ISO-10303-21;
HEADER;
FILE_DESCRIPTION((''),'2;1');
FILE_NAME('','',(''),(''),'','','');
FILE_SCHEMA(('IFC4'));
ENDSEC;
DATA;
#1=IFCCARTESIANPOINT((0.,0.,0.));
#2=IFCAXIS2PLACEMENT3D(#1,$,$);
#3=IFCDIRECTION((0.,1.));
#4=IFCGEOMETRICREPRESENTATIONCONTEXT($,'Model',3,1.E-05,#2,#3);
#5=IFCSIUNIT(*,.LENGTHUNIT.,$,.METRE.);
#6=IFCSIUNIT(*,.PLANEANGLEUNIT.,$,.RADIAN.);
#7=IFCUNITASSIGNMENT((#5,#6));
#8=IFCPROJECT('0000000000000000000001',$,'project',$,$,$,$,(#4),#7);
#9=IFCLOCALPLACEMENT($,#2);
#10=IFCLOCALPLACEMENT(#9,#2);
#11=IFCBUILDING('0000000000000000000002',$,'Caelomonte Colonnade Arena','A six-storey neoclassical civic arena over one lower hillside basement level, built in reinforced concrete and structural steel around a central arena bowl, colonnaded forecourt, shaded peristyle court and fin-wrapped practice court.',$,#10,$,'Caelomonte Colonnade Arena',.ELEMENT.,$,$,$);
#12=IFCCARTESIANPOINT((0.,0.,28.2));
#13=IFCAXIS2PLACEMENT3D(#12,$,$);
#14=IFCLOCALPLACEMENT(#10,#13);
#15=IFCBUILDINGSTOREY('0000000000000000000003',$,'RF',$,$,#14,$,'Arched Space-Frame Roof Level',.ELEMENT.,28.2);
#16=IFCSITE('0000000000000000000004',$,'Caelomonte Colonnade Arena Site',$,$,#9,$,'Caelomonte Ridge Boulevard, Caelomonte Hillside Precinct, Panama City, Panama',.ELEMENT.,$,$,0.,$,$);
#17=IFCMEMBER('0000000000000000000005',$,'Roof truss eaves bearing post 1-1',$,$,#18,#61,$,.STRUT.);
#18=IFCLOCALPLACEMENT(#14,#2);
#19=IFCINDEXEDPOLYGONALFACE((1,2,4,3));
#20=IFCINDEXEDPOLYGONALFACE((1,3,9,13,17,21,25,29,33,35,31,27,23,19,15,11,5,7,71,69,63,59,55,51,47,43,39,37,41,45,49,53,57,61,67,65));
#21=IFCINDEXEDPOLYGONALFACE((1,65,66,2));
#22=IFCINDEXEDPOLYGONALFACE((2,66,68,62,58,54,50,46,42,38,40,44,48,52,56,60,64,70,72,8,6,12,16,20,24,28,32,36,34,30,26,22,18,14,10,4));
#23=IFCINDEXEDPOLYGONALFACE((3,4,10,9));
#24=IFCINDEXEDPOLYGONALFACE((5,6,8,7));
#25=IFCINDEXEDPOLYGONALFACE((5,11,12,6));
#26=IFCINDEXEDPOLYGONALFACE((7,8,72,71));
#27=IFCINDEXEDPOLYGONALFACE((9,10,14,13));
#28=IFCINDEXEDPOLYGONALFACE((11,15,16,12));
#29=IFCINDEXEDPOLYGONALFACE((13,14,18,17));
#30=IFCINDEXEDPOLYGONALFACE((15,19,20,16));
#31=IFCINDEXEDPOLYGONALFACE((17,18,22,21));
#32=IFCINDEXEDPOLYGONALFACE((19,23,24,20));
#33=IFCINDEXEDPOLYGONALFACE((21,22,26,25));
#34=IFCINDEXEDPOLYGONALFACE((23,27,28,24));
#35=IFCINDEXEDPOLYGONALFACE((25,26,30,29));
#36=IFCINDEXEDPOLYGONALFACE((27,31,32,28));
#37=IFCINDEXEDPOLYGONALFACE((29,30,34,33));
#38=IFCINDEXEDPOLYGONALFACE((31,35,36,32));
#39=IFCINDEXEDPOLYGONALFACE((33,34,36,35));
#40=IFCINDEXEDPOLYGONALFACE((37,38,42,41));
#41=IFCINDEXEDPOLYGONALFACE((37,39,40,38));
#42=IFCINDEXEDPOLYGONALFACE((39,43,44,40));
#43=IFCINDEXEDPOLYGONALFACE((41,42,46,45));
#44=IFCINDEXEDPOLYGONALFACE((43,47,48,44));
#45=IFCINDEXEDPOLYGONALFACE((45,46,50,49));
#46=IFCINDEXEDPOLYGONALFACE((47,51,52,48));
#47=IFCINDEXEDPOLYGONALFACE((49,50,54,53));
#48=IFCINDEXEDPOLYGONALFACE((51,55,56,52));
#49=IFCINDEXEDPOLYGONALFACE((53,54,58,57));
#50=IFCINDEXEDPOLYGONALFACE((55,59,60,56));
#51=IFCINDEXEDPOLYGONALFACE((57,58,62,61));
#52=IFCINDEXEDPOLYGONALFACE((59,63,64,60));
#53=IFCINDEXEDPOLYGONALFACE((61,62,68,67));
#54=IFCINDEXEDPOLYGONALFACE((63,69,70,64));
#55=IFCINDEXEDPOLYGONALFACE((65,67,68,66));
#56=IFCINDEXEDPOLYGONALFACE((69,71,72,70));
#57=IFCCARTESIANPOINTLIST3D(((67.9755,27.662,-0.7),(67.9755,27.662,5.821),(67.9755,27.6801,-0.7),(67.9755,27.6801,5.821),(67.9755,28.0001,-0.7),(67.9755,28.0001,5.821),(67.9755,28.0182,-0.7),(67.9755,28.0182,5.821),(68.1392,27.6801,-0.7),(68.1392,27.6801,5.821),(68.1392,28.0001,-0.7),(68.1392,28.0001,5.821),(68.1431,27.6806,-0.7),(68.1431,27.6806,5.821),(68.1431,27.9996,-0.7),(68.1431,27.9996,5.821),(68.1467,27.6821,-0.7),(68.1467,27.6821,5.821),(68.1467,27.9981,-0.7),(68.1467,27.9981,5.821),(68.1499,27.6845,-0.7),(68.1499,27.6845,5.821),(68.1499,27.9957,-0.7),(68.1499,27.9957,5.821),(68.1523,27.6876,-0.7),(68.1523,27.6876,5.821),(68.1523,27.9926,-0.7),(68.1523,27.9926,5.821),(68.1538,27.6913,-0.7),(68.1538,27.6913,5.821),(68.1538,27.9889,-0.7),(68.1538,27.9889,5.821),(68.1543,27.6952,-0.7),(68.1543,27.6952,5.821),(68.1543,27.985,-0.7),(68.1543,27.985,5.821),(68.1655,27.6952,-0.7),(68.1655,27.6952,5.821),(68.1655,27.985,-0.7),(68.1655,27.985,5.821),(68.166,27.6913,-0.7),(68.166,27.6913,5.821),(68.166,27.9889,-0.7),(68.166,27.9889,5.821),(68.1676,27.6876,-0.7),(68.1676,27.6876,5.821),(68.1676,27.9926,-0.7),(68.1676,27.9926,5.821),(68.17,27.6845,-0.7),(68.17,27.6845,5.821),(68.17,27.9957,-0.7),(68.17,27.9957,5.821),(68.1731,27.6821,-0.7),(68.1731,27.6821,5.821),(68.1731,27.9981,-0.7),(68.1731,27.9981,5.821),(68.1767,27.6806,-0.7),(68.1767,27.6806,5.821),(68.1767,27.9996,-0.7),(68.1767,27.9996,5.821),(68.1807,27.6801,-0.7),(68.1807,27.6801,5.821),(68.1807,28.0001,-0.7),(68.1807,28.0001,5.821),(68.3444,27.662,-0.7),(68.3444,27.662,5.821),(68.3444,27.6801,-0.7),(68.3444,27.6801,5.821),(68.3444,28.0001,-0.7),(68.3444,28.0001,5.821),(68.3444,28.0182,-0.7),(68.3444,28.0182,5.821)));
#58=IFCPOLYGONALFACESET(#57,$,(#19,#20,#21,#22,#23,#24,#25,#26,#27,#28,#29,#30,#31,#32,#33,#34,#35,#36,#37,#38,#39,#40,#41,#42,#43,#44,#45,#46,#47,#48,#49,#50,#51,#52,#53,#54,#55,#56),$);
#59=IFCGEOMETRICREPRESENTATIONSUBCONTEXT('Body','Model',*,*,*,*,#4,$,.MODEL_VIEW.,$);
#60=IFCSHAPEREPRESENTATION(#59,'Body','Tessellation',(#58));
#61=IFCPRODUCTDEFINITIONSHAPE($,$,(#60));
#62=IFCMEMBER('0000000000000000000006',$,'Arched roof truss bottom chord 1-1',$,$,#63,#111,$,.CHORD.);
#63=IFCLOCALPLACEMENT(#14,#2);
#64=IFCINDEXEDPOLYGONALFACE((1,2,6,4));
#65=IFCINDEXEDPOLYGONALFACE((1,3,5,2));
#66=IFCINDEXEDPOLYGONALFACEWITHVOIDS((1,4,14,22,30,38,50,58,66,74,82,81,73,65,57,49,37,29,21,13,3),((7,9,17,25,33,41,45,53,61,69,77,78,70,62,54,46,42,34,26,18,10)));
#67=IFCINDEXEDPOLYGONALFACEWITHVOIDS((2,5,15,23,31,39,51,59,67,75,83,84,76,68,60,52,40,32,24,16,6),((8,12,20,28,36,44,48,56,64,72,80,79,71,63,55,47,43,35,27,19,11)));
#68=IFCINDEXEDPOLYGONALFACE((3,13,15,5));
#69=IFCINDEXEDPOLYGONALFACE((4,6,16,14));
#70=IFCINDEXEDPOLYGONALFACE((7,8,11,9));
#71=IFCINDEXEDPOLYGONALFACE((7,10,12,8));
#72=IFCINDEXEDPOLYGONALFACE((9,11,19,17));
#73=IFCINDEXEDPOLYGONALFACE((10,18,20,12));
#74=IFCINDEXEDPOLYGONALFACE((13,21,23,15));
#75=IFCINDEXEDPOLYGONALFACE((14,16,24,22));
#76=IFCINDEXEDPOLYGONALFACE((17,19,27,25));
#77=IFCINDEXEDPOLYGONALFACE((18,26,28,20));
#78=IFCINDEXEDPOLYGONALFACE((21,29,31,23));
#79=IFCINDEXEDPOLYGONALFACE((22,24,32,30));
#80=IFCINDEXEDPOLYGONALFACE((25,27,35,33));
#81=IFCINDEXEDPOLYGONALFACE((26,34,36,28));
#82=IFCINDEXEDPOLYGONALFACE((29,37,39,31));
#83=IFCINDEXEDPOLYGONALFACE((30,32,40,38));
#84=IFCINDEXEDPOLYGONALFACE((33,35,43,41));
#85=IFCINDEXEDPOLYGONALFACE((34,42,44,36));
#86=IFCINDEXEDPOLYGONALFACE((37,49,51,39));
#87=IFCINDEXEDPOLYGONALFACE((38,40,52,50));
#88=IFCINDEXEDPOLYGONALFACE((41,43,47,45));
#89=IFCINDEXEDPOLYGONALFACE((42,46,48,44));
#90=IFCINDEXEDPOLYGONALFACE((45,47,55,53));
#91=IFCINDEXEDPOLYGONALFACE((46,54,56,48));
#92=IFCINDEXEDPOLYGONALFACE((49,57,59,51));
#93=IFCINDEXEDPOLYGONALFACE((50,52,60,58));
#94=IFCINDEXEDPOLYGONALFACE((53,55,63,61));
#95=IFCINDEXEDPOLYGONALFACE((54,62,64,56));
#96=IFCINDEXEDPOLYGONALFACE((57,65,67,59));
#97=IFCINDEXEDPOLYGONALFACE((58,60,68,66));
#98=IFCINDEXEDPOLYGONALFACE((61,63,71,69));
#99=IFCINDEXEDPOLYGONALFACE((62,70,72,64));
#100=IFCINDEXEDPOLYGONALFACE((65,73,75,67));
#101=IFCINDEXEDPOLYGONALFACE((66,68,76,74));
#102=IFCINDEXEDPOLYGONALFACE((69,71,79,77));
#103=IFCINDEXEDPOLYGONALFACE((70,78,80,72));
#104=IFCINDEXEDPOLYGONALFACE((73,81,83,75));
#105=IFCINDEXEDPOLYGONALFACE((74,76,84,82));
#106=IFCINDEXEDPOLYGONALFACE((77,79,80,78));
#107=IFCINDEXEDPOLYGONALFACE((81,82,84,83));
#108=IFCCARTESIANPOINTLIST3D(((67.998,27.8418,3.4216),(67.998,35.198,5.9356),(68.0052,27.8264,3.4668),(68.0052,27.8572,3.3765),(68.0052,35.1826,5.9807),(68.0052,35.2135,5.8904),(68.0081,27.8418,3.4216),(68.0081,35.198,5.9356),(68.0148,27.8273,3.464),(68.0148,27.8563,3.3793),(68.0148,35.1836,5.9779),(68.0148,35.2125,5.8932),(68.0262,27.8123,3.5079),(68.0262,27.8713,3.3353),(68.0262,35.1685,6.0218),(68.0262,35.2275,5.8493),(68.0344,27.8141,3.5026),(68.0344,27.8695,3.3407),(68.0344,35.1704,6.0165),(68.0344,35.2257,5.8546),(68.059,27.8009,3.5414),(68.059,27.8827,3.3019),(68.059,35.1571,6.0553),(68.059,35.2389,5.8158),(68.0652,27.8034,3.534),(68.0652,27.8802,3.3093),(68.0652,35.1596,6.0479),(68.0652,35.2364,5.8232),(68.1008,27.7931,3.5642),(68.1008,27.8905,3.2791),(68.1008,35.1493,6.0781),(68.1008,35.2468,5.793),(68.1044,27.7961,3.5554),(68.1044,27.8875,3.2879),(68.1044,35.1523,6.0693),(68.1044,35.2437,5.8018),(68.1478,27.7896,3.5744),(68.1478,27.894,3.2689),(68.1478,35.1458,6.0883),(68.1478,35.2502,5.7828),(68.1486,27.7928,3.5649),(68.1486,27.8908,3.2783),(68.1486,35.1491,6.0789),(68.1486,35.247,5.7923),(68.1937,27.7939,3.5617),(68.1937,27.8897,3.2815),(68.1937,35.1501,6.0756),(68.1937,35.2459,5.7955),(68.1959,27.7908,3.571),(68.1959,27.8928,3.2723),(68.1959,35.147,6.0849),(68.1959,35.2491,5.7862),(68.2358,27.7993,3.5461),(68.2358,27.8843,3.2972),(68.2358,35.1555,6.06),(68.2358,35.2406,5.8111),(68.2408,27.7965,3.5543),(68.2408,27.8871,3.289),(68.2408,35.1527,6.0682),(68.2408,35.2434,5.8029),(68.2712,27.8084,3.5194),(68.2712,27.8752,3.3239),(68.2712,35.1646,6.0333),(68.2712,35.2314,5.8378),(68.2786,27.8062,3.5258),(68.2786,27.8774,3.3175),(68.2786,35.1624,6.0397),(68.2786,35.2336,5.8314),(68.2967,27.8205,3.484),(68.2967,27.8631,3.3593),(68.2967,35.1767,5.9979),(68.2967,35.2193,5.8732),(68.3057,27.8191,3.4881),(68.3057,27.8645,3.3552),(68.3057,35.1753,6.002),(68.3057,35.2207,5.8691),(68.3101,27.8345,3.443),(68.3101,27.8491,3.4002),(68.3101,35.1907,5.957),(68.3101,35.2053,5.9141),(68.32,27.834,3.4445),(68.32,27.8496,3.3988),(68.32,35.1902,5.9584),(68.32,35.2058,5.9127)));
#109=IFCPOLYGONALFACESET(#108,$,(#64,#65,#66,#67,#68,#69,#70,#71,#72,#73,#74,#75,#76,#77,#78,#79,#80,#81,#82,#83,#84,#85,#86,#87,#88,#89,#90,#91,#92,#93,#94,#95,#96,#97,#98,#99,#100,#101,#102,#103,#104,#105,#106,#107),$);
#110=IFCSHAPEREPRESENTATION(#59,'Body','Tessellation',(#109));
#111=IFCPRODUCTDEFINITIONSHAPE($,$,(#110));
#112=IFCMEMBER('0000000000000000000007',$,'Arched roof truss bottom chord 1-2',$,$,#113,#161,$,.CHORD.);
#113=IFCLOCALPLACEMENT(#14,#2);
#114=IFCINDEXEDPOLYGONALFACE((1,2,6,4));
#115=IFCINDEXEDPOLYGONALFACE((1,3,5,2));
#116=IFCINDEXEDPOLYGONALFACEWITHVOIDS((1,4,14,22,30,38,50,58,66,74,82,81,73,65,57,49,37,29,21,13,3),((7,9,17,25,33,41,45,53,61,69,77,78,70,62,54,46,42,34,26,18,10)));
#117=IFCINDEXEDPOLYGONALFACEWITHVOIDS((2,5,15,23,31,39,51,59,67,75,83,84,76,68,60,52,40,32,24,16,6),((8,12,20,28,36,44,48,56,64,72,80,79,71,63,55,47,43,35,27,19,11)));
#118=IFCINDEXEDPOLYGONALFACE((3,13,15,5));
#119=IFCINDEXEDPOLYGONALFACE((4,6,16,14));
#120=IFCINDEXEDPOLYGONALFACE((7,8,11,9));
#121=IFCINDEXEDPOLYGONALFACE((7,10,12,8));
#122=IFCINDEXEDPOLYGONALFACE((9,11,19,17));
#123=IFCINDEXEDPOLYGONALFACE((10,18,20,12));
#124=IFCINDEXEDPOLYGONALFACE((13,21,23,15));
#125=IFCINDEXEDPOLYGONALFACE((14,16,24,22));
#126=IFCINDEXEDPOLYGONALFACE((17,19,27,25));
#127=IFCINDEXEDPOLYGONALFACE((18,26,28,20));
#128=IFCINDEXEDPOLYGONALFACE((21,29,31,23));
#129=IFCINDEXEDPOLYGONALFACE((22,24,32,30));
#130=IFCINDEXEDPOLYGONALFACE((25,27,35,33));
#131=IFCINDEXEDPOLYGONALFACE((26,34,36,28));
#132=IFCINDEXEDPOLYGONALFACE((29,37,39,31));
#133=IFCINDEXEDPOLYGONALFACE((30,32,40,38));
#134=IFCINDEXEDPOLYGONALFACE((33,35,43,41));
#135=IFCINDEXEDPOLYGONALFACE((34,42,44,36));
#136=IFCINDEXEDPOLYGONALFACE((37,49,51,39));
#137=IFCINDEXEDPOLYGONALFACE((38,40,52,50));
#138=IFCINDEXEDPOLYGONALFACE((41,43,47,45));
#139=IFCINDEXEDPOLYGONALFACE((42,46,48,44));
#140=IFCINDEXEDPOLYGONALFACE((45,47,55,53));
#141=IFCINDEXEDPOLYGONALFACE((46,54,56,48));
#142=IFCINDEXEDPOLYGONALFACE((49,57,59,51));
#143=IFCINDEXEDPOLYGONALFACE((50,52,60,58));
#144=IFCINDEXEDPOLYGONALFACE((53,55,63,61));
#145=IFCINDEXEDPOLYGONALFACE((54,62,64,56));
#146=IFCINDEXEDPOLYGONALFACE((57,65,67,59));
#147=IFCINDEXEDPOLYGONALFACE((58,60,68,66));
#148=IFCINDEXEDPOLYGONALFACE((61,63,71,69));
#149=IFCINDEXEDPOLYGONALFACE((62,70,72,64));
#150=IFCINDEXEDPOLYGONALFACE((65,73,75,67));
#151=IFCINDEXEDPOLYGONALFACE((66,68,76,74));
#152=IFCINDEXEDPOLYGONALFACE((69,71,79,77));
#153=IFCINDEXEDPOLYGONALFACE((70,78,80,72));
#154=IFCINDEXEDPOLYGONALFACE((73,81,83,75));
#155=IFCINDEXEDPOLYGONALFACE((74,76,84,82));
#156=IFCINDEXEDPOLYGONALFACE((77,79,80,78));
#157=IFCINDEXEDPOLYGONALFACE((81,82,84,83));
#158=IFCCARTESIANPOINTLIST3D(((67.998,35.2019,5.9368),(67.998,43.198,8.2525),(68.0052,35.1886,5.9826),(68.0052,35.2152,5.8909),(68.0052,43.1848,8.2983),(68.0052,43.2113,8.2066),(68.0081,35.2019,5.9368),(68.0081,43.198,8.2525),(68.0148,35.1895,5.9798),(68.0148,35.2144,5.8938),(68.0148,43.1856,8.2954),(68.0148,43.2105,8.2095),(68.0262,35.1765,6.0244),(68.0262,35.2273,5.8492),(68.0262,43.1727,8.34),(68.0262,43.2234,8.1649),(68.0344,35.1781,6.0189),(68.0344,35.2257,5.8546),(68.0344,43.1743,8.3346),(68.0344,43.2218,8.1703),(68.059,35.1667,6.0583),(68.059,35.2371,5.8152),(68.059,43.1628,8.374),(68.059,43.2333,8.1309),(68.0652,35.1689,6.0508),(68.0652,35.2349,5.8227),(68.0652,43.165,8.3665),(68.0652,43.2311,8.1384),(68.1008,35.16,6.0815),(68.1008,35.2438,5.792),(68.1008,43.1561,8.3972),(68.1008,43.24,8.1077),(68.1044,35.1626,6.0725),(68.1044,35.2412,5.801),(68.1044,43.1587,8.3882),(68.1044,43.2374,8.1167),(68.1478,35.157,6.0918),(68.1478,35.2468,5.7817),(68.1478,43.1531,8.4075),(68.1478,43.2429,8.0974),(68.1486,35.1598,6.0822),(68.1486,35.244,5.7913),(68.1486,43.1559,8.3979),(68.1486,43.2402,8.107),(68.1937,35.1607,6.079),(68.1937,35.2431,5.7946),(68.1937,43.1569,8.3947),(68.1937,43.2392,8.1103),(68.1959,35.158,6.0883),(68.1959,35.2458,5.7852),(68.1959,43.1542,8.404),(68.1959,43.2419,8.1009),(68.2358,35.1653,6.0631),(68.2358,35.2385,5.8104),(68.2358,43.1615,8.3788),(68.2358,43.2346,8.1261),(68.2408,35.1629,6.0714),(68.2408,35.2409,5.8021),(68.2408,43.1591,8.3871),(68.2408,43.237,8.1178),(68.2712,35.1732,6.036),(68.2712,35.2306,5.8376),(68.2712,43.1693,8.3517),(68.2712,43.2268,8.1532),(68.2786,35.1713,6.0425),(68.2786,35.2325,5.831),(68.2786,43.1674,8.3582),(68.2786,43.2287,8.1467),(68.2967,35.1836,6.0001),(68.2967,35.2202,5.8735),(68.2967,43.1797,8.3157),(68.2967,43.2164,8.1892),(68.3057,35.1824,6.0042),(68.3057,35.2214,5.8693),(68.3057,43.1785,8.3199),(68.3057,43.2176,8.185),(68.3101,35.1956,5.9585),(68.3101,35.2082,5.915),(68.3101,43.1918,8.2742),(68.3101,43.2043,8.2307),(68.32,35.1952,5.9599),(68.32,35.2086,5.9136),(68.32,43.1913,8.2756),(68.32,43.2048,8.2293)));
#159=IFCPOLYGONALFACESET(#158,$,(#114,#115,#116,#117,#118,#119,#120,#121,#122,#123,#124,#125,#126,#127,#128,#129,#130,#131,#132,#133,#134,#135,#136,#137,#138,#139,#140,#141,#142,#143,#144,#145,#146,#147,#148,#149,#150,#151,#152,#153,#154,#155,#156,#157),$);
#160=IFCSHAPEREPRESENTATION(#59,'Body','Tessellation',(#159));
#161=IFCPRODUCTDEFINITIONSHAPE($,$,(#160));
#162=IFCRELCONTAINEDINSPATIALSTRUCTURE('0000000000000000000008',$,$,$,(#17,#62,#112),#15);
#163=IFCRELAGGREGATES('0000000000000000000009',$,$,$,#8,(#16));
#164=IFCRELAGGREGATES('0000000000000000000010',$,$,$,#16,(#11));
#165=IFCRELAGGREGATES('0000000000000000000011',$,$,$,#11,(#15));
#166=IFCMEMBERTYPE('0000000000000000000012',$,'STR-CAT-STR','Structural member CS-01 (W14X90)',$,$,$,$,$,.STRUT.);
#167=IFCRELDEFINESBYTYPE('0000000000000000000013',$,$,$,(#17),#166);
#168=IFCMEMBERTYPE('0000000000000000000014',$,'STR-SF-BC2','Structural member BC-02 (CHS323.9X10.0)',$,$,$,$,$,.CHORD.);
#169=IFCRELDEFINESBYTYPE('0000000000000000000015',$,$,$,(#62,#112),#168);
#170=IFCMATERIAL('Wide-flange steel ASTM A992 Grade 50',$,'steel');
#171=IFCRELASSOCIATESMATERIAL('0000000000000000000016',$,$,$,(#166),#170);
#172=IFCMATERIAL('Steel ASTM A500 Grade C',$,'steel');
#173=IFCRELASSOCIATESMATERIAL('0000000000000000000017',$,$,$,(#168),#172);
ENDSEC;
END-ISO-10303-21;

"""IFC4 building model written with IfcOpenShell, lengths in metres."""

from ifc_helpers import new_model, si_unit, direction, frame, origin, origin_2d, place, context, subcontext, project, spatial, hollow_circle, i_section, extrude, material, material_profile, profile_set, type_object, element, save


model = new_model("IFC4")

# Units and contexts
model_context = context("Model", 3, precision=1e-05, world=origin(), true_north=direction((0.0, 1.0)))
body_context = subcontext(model_context, "Body", "Model", "MODEL_VIEW")
ifc_project = project(units=[si_unit("LENGTHUNIT", "METRE"), si_unit("PLANEANGLEUNIT", "RADIAN")], contexts=[model_context])

# Site, building, storey
site_placement = place(None, origin())
site = spatial("IfcSite", under=ifc_project, at=site_placement, Name="Caelomonte Colonnade Arena Site", LongName="Caelomonte Ridge Boulevard, Caelomonte Hillside Precinct, Panama City, Panama", CompositionType="ELEMENT", RefElevation=0.0)
building_placement = place(site_placement, origin())
building = spatial("IfcBuilding", under=site, at=building_placement, Name="Caelomonte Colonnade Arena", Description="A six-storey neoclassical civic arena over one lower hillside basement level, built in reinforced concrete and structural steel around a central arena bowl, colonnaded forecourt, shaded peristyle court and fin-wrapped practice court.", LongName="Caelomonte Colonnade Arena", CompositionType="ELEMENT")
storey_placement = place(building_placement, frame((0.0, 0.0, 28.2)))
storey = spatial("IfcBuildingStorey", under=building, at=storey_placement, Name="RF", LongName="Arched Space-Frame Roof Level", CompositionType="ELEMENT", Elevation=28.2)

# Members
ifc_material_1 = material(Name="Wide-flange steel ASTM A992 Grade 50", Category="steel")
ifc_material_profile_1 = material_profile(ifc_material_1, i_section(OverallWidth=0.3689, OverallDepth=0.3562, WebThickness=0.0112, FlangeThickness=0.0181, FilletRadius=0.0151, at=origin_2d()), Name="W14X90")
ifc_profile_set_1 = profile_set([ifc_material_profile_1], Name="Wide-flange steel ASTM A992 Grade 50")
member_type_1 = type_object("IfcMemberType", Name="STR-CAT-STR", Description="Structural member CS-01 (W14X90)", PredefinedType="STRUT", material=ifc_profile_set_1)
member_1_placement = place(storey_placement, frame((68.1599, 27.8401, -0.7), z_axis=(0.0, 0.0, 1.0), x_axis=(1.0, 0.0, 0.0)))
element("IfcMember", 1, at=member_1_placement, inside=storey, type_object=member_type_1, Name="Roof truss eaves bearing post 1-1", PredefinedType="STRUT", context=body_context, shape_type="SweptSolid", body=[
    extrude(i_section(OverallWidth=0.3689, OverallDepth=0.3562, WebThickness=0.0112, FlangeThickness=0.0181, FilletRadius=0.0151, at=origin_2d()), origin(), (0.0, 0.0, 1.0), 6.521),
])
ifc_material_2 = material(Name="Steel ASTM A500 Grade C", Category="steel")
ifc_material_profile_2 = material_profile(ifc_material_2, hollow_circle(Radius=0.1619, WallThickness=0.01, at=origin_2d()), Name="CHS323.9X10.0")
ifc_profile_set_2 = profile_set([ifc_material_profile_2], Name="Steel ASTM A500 Grade C")
member_type_2 = type_object("IfcMemberType", Name="STR-SF-BC2", Description="Structural member BC-02 (CHS323.9X10.0)", PredefinedType="CHORD", material=ifc_profile_set_2)
member_2_placement = place(storey_placement, frame((68.1599, 27.8418, 3.4216), z_axis=(0.0, 0.946269, 0.323379), x_axis=(-1.0, 0.0, 0.0)))
element("IfcMember", 2, at=member_2_placement, inside=storey, type_object=member_type_2, Name="Arched roof truss bottom chord 1-1", PredefinedType="CHORD", context=body_context, shape_type="SweptSolid", body=[
    extrude(hollow_circle(Radius=0.1619, WallThickness=0.01, at=origin_2d()), origin(), (0.0, 0.0, 1.0), 7.7739),
])
for number, where, z_axis, x_axis, name in (
    (3, (68.1599, 35.2019, 5.9368), (0.0, 0.960532, 0.278171), (-1.0, 0.0, 0.0), "Arched roof truss bottom chord 1-2"),
):
    element("IfcMember", number, at=place(storey_placement, frame(where, z_axis=z_axis, x_axis=x_axis)), inside=storey, type_object=member_type_2, Name=name, PredefinedType="CHORD", context=body_context, shape_type="SweptSolid", body=[
        extrude(hollow_circle(Radius=0.1619, WallThickness=0.01, at=origin_2d()), origin(), (0.0, 0.0, 1.0), 8.3247),
    ])

save(model, "model.ifc")
